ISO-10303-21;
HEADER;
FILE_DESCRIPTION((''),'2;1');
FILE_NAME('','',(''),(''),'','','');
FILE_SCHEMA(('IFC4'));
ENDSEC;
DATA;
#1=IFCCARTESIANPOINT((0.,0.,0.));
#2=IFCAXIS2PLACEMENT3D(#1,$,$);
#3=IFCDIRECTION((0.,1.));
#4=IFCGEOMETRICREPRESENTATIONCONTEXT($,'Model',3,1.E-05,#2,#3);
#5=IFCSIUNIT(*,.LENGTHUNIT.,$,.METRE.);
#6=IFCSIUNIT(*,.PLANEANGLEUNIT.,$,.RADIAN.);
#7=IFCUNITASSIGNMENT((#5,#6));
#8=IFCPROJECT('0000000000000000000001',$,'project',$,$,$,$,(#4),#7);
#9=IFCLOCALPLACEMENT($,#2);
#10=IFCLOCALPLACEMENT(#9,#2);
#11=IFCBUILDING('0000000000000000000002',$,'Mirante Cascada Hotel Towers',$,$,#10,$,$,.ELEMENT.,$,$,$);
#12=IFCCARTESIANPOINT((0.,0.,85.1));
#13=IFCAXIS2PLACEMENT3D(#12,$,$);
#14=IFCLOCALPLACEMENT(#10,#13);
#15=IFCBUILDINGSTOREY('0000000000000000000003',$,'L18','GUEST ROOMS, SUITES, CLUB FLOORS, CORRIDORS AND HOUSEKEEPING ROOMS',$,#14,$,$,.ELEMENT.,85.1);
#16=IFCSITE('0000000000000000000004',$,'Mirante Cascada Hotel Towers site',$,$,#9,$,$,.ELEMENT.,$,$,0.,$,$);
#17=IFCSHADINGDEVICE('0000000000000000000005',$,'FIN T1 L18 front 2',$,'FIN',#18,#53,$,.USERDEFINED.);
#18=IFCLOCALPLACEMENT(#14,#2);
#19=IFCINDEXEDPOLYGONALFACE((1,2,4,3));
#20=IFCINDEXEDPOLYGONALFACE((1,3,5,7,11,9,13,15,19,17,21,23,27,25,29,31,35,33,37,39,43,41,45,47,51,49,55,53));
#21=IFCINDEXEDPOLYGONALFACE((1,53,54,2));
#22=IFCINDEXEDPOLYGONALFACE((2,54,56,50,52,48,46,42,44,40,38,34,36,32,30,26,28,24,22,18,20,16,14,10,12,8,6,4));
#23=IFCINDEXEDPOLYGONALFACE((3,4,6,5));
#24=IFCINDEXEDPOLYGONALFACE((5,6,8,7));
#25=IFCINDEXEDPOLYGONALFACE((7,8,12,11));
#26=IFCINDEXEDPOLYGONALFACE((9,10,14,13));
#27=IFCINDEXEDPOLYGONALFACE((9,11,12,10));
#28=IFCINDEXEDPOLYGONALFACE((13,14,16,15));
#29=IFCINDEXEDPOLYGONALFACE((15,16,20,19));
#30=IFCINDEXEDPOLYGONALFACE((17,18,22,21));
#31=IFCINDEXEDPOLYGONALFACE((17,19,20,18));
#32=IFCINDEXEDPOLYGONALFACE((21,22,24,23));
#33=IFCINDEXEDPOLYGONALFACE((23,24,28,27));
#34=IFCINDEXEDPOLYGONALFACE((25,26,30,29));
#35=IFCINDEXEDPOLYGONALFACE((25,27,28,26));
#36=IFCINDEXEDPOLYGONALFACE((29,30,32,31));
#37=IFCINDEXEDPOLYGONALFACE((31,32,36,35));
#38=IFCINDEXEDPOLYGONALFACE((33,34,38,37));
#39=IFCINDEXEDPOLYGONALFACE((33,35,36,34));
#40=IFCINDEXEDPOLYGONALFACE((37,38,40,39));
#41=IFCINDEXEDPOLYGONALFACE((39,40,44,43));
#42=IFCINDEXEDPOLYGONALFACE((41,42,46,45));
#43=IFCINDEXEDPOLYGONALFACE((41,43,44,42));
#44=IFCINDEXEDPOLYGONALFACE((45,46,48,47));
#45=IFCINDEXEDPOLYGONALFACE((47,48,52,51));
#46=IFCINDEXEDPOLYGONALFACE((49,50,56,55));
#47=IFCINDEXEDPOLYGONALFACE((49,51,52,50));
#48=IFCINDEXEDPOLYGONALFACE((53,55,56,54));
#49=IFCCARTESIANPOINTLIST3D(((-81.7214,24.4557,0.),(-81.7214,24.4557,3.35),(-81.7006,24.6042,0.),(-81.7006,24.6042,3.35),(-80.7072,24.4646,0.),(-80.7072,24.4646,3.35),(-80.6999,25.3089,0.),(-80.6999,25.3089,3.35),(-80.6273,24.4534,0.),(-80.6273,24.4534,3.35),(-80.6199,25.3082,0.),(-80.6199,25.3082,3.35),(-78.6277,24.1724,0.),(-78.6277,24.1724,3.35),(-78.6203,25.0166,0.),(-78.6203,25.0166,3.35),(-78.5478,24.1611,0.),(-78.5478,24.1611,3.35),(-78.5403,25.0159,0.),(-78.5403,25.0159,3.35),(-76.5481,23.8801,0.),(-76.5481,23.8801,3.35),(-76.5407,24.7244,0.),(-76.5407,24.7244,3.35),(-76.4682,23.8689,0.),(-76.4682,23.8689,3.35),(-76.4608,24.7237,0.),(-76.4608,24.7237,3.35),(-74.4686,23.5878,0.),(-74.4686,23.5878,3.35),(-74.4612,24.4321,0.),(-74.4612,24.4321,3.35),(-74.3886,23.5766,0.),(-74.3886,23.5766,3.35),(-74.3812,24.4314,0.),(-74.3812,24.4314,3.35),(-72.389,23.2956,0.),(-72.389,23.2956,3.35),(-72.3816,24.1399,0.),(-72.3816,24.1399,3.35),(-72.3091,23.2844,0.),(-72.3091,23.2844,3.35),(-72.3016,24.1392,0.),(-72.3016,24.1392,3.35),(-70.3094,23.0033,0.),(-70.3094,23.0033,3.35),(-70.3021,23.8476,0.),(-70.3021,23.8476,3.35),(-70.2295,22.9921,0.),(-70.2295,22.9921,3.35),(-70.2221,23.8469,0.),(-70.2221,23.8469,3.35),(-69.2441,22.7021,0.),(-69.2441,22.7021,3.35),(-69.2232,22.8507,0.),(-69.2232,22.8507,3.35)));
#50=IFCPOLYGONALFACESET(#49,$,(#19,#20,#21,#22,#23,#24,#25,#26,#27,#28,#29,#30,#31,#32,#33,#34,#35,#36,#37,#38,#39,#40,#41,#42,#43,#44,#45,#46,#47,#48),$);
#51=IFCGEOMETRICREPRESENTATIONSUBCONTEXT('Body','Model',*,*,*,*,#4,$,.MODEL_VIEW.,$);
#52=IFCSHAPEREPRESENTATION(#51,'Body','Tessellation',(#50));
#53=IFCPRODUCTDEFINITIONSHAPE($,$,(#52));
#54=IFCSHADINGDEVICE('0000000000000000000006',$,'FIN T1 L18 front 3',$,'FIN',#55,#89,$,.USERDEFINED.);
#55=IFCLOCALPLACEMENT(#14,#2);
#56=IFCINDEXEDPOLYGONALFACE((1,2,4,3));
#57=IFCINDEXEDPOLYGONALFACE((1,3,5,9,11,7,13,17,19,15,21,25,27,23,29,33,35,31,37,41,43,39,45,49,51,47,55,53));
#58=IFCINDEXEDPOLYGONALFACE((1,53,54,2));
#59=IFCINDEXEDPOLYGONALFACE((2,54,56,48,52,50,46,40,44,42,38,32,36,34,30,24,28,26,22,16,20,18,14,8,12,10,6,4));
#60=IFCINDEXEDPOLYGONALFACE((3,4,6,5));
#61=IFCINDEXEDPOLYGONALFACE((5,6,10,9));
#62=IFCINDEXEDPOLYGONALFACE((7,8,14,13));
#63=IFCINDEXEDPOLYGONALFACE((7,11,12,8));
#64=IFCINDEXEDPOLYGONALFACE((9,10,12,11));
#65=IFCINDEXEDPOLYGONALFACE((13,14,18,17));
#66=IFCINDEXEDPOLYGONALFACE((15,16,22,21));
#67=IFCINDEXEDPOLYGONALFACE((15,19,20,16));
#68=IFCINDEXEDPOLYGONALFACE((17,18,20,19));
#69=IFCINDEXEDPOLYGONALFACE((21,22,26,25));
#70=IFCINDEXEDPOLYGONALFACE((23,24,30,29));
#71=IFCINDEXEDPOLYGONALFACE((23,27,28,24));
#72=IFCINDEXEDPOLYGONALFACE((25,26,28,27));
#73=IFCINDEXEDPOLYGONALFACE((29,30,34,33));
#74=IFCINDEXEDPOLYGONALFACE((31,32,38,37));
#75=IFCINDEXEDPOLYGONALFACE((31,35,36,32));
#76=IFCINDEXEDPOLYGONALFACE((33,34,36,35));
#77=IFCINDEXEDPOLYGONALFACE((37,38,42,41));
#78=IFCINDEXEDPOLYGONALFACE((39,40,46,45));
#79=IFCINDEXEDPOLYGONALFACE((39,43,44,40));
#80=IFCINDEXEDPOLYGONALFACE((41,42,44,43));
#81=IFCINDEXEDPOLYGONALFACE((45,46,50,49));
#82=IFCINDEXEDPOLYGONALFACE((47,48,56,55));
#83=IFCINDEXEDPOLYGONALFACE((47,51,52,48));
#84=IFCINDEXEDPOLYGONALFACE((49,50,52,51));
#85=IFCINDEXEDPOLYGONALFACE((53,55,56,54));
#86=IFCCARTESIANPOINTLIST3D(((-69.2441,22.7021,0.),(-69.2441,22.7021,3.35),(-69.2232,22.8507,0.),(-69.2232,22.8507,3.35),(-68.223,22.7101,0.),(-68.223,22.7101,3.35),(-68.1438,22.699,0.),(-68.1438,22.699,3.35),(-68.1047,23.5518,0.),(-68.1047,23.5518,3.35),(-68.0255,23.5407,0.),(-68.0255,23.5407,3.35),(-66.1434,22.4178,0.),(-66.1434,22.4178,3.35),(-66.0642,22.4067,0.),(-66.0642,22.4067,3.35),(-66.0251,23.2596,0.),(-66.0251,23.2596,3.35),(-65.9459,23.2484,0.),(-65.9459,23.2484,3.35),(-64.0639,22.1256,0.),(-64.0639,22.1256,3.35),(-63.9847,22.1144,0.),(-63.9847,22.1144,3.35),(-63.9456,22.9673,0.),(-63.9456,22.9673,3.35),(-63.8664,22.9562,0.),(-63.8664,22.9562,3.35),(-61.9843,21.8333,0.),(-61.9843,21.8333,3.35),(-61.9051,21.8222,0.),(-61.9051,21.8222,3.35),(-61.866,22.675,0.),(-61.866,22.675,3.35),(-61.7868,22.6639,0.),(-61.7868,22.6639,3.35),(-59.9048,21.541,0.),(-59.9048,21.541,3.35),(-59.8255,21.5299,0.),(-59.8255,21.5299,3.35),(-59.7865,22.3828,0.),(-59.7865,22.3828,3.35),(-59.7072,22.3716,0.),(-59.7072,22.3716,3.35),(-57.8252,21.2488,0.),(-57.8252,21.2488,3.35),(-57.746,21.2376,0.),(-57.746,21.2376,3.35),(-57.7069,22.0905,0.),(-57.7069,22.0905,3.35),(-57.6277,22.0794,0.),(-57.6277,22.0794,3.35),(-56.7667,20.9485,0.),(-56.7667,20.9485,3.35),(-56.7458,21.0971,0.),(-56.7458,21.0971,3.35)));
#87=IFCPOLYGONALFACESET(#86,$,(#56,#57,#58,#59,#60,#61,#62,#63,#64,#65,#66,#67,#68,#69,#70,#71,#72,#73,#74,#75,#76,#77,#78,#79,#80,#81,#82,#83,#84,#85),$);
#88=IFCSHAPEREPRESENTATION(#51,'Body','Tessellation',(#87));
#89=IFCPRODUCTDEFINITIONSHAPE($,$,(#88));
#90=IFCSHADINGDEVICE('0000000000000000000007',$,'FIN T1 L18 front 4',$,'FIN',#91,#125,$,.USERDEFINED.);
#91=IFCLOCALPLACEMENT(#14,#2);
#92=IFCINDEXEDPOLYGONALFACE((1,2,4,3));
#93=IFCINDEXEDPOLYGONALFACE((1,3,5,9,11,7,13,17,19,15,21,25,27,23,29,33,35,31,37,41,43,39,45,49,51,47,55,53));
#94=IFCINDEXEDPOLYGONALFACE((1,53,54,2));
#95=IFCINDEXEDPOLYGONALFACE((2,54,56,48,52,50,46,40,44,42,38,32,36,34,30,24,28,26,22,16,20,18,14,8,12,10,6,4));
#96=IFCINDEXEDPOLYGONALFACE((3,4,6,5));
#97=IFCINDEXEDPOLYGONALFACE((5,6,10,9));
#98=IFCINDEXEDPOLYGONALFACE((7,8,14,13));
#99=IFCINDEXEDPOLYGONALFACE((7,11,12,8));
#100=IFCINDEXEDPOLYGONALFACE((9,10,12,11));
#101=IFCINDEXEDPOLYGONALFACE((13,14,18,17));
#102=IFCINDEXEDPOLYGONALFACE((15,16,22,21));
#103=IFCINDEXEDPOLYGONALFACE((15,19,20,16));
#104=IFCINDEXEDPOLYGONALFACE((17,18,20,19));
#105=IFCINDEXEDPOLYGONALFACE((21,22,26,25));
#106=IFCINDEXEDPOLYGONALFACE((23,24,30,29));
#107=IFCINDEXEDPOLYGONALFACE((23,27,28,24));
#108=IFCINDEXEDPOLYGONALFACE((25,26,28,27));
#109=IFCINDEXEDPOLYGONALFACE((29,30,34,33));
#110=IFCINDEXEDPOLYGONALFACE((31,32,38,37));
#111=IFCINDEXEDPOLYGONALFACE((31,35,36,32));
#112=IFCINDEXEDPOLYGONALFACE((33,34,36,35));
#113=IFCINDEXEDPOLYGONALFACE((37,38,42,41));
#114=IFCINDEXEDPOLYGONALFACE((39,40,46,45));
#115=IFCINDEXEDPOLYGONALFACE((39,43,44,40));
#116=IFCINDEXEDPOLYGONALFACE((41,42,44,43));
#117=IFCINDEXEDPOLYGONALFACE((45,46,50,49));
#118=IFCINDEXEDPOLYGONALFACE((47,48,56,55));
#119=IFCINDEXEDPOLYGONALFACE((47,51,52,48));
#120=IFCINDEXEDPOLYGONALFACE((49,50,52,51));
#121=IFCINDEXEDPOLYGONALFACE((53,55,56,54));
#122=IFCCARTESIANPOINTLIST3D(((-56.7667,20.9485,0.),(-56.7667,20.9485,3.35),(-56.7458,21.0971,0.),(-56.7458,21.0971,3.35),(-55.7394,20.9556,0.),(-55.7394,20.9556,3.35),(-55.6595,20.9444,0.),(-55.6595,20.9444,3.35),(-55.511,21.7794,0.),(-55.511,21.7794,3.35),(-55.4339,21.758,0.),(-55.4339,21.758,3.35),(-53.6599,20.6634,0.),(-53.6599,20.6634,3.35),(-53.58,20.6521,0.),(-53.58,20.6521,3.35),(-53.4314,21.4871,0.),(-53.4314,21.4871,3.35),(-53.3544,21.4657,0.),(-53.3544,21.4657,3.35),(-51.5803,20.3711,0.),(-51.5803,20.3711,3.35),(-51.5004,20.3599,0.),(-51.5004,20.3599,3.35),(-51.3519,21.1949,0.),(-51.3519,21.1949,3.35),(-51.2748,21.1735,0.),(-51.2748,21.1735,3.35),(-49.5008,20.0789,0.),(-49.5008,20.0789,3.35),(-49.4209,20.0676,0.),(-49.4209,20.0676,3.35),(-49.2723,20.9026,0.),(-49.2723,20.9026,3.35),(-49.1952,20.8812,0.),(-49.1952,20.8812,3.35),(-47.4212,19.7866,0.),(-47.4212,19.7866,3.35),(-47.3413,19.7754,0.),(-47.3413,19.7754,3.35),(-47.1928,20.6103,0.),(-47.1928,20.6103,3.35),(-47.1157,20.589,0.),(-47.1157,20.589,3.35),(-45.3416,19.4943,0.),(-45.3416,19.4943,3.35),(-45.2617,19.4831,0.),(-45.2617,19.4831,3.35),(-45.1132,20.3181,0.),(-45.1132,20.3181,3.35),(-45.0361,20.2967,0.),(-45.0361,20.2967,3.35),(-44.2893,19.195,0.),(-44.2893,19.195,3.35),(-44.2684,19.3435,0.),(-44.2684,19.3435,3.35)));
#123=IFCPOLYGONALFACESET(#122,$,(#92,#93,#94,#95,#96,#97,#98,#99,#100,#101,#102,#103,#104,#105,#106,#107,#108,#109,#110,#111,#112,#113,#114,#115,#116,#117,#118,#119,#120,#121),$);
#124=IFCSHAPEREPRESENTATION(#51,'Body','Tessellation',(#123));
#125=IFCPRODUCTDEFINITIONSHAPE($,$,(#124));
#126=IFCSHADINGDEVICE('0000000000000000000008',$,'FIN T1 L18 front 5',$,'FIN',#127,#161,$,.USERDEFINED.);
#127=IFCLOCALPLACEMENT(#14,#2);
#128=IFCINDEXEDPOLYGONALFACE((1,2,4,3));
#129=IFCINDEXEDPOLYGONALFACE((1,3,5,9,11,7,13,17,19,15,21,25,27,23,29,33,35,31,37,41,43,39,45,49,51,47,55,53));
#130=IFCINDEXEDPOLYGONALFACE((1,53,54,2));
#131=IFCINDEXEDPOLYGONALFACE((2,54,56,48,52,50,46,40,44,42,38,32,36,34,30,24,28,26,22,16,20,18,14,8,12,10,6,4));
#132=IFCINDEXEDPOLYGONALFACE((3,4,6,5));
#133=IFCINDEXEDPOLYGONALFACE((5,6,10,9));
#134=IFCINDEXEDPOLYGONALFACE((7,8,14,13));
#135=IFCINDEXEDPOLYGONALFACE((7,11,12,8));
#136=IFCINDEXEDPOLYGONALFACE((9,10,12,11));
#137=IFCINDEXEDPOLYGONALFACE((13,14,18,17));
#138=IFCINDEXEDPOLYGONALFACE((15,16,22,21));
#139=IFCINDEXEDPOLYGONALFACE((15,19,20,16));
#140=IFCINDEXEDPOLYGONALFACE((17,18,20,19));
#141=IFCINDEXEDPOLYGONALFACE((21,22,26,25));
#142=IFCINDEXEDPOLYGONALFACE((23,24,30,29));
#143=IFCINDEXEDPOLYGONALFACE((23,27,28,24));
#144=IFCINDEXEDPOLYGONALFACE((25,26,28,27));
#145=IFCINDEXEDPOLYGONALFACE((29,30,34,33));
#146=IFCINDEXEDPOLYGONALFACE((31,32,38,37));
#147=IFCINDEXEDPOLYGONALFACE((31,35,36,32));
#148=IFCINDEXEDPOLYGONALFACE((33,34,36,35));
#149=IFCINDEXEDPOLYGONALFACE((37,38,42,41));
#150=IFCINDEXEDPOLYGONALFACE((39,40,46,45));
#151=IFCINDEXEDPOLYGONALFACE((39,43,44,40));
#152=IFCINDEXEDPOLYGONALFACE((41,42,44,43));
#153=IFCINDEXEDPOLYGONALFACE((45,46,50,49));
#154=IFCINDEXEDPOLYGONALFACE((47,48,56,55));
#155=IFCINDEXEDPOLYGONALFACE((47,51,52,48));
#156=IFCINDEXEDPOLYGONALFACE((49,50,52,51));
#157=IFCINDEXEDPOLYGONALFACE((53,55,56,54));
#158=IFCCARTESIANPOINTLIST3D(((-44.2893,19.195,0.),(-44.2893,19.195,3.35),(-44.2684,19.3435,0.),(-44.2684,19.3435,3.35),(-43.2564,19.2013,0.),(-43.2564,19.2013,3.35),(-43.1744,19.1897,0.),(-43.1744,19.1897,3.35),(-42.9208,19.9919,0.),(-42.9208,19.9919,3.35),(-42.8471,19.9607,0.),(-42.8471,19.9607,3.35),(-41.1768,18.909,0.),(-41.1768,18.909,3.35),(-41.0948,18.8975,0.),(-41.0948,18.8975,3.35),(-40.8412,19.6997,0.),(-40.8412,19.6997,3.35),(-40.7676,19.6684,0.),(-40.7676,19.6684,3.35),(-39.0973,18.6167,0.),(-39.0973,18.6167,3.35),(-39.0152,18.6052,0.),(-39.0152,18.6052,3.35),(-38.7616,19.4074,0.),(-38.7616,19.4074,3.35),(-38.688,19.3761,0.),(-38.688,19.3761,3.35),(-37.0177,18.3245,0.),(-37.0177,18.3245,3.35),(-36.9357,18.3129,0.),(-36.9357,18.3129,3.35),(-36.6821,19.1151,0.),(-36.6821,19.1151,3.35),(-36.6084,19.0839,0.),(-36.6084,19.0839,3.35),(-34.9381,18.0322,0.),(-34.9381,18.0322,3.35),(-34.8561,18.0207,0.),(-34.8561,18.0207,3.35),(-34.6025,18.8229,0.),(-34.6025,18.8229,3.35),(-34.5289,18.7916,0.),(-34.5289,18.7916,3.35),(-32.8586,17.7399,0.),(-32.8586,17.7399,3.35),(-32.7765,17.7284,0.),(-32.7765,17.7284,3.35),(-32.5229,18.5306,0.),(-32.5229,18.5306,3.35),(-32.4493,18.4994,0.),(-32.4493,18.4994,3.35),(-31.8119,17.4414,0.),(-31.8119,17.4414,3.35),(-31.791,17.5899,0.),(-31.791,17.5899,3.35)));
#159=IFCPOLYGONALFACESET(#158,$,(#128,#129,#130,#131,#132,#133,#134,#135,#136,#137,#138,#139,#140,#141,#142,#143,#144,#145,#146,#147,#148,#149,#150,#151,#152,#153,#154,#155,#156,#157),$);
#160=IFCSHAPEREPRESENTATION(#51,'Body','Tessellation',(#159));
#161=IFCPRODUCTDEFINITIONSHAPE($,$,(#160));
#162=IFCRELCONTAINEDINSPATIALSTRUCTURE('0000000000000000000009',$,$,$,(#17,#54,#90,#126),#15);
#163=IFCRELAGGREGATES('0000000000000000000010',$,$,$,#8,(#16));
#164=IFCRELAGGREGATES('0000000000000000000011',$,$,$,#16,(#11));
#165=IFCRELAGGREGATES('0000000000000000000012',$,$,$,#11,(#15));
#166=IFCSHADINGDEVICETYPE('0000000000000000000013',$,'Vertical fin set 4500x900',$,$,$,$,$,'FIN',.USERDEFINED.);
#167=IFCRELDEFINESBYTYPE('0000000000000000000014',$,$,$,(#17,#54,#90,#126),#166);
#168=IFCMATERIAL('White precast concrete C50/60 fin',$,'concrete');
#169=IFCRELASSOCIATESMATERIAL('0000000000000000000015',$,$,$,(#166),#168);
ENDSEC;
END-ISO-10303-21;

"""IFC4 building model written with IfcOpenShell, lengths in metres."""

from ifc_helpers import new_model, si_unit, direction, frame, origin, place, context, subcontext, project, spatial, polyline, outline, extrude, material, type_object, element, save


model = new_model("IFC4")

# Units and contexts
model_context = context("Model", 3, precision=1e-05, world=origin(), true_north=direction((0.0, 1.0)))
body_context = subcontext(model_context, "Body", "Model", "MODEL_VIEW")
ifc_project = project(units=[si_unit("LENGTHUNIT", "METRE"), si_unit("PLANEANGLEUNIT", "RADIAN")], contexts=[model_context])

# Site, building, storey
site_placement = place(None, origin())
site = spatial("IfcSite", under=ifc_project, at=site_placement, Name="Mirante Cascada Hotel Towers site", CompositionType="ELEMENT", RefElevation=0.0)
building_placement = place(site_placement, origin())
building = spatial("IfcBuilding", under=site, at=building_placement, Name="Mirante Cascada Hotel Towers", CompositionType="ELEMENT")
storey_placement = place(building_placement, frame((0.0, 0.0, 85.1)))
storey = spatial("IfcBuildingStorey", under=building, at=storey_placement, Name="L18", Description="GUEST ROOMS, SUITES, CLUB FLOORS, CORRIDORS AND HOUSEKEEPING ROOMS", CompositionType="ELEMENT", Elevation=85.1)

# Shading devices
ifc_material_1 = material(Name="White precast concrete C50/60 fin", Category="concrete")
shading_device_type = type_object("IfcShadingDeviceType", Name="Vertical fin set 4500x900", ElementType="FIN", PredefinedType="USERDEFINED", material=ifc_material_1)
shading_device_1_placement = place(storey_placement, origin())
element("IfcShadingDevice", 1, at=shading_device_1_placement, inside=storey, type_object=shading_device_type, Name="FIN T1 L18 front 2", ObjectType="FIN", PredefinedType="USERDEFINED", context=body_context, shape_type="SweptSolid", body=[
    extrude(outline(polyline([(-70.2221, 23.8469), (-70.2295, 22.9921), (-69.2232, 22.8507), (-69.2441, 22.7021), (-81.7214, 24.4557), (-81.7006, 24.6042), (-80.7072, 24.4646), (-80.6999, 25.3089), (-80.6199, 25.3082), (-80.6273, 24.4534), (-78.6277, 24.1724), (-78.6203, 25.0166), (-78.5403, 25.0159), (-78.5478, 24.1611), (-76.5481, 23.8801), (-76.5407, 24.7244), (-76.4608, 24.7237), (-76.4682, 23.8689), (-74.4686, 23.5878), (-74.4612, 24.4321), (-74.3812, 24.4314), (-74.3886, 23.5766), (-72.389, 23.2956), (-72.3816, 24.1399), (-72.3016, 24.1392), (-72.3091, 23.2844), (-70.3094, 23.0033), (-70.3021, 23.8476), (-70.2221, 23.8469)])), origin(), (0.0, 0.0, 1.0), 3.35),
])
shading_device_2_placement = place(storey_placement, origin())
element("IfcShadingDevice", 2, at=shading_device_2_placement, inside=storey, type_object=shading_device_type, Name="FIN T1 L18 front 3", ObjectType="FIN", PredefinedType="USERDEFINED", context=body_context, shape_type="SweptSolid", body=[
    extrude(outline(polyline([(-57.6277, 22.0794), (-57.746, 21.2376), (-56.7458, 21.0971), (-56.7667, 20.9485), (-69.2441, 22.7021), (-69.2232, 22.8507), (-68.223, 22.7101), (-68.1047, 23.5518), (-68.0255, 23.5407), (-68.1438, 22.699), (-66.1434, 22.4178), (-66.0251, 23.2596), (-65.9459, 23.2484), (-66.0642, 22.4067), (-64.0639, 22.1256), (-63.9456, 22.9673), (-63.8664, 22.9562), (-63.9847, 22.1144), (-61.9843, 21.8333), (-61.866, 22.675), (-61.7868, 22.6639), (-61.9051, 21.8222), (-59.9048, 21.541), (-59.7865, 22.3828), (-59.7072, 22.3716), (-59.8255, 21.5299), (-57.8252, 21.2488), (-57.7069, 22.0905), (-57.6277, 22.0794)])), origin(), (0.0, 0.0, 1.0), 3.35),
])
shading_device_3_placement = place(storey_placement, origin())
element("IfcShadingDevice", 3, at=shading_device_3_placement, inside=storey, type_object=shading_device_type, Name="FIN T1 L18 front 4", ObjectType="FIN", PredefinedType="USERDEFINED", context=body_context, shape_type="SweptSolid", body=[
    extrude(outline(polyline([(-45.0361, 20.2967), (-45.2617, 19.4831), (-44.2684, 19.3435), (-44.2893, 19.195), (-56.7667, 20.9485), (-56.7458, 21.0971), (-55.7394, 20.9556), (-55.511, 21.7794), (-55.4339, 21.758), (-55.6595, 20.9444), (-53.6599, 20.6634), (-53.4314, 21.4871), (-53.3544, 21.4657), (-53.58, 20.6521), (-51.5803, 20.3711), (-51.3519, 21.1949), (-51.2748, 21.1735), (-51.5004, 20.3599), (-49.5008, 20.0789), (-49.2723, 20.9026), (-49.1952, 20.8812), (-49.4209, 20.0676), (-47.4212, 19.7866), (-47.1928, 20.6103), (-47.1157, 20.589), (-47.3413, 19.7754), (-45.3416, 19.4943), (-45.1132, 20.3181), (-45.0361, 20.2967)])), origin(), (0.0, 0.0, 1.0), 3.35),
])
shading_device_4_placement = place(storey_placement, origin())
element("IfcShadingDevice", 4, at=shading_device_4_placement, inside=storey, type_object=shading_device_type, Name="FIN T1 L18 front 5", ObjectType="FIN", PredefinedType="USERDEFINED", context=body_context, shape_type="SweptSolid", body=[
    extrude(outline(polyline([(-32.4493, 18.4994), (-32.7765, 17.7284), (-31.791, 17.5899), (-31.8119, 17.4414), (-44.2893, 19.195), (-44.2684, 19.3435), (-43.2564, 19.2013), (-42.9208, 19.9919), (-42.8471, 19.9607), (-43.1744, 19.1897), (-41.1768, 18.909), (-40.8412, 19.6997), (-40.7676, 19.6684), (-41.0948, 18.8975), (-39.0973, 18.6167), (-38.7616, 19.4074), (-38.688, 19.3761), (-39.0152, 18.6052), (-37.0177, 18.3245), (-36.6821, 19.1151), (-36.6084, 19.0839), (-36.9357, 18.3129), (-34.9381, 18.0322), (-34.6025, 18.8229), (-34.5289, 18.7916), (-34.8561, 18.0207), (-32.8586, 17.7399), (-32.5229, 18.5306), (-32.4493, 18.4994)])), origin(), (0.0, 0.0, 1.0), 3.35),
])

save(model, "model.ifc")
